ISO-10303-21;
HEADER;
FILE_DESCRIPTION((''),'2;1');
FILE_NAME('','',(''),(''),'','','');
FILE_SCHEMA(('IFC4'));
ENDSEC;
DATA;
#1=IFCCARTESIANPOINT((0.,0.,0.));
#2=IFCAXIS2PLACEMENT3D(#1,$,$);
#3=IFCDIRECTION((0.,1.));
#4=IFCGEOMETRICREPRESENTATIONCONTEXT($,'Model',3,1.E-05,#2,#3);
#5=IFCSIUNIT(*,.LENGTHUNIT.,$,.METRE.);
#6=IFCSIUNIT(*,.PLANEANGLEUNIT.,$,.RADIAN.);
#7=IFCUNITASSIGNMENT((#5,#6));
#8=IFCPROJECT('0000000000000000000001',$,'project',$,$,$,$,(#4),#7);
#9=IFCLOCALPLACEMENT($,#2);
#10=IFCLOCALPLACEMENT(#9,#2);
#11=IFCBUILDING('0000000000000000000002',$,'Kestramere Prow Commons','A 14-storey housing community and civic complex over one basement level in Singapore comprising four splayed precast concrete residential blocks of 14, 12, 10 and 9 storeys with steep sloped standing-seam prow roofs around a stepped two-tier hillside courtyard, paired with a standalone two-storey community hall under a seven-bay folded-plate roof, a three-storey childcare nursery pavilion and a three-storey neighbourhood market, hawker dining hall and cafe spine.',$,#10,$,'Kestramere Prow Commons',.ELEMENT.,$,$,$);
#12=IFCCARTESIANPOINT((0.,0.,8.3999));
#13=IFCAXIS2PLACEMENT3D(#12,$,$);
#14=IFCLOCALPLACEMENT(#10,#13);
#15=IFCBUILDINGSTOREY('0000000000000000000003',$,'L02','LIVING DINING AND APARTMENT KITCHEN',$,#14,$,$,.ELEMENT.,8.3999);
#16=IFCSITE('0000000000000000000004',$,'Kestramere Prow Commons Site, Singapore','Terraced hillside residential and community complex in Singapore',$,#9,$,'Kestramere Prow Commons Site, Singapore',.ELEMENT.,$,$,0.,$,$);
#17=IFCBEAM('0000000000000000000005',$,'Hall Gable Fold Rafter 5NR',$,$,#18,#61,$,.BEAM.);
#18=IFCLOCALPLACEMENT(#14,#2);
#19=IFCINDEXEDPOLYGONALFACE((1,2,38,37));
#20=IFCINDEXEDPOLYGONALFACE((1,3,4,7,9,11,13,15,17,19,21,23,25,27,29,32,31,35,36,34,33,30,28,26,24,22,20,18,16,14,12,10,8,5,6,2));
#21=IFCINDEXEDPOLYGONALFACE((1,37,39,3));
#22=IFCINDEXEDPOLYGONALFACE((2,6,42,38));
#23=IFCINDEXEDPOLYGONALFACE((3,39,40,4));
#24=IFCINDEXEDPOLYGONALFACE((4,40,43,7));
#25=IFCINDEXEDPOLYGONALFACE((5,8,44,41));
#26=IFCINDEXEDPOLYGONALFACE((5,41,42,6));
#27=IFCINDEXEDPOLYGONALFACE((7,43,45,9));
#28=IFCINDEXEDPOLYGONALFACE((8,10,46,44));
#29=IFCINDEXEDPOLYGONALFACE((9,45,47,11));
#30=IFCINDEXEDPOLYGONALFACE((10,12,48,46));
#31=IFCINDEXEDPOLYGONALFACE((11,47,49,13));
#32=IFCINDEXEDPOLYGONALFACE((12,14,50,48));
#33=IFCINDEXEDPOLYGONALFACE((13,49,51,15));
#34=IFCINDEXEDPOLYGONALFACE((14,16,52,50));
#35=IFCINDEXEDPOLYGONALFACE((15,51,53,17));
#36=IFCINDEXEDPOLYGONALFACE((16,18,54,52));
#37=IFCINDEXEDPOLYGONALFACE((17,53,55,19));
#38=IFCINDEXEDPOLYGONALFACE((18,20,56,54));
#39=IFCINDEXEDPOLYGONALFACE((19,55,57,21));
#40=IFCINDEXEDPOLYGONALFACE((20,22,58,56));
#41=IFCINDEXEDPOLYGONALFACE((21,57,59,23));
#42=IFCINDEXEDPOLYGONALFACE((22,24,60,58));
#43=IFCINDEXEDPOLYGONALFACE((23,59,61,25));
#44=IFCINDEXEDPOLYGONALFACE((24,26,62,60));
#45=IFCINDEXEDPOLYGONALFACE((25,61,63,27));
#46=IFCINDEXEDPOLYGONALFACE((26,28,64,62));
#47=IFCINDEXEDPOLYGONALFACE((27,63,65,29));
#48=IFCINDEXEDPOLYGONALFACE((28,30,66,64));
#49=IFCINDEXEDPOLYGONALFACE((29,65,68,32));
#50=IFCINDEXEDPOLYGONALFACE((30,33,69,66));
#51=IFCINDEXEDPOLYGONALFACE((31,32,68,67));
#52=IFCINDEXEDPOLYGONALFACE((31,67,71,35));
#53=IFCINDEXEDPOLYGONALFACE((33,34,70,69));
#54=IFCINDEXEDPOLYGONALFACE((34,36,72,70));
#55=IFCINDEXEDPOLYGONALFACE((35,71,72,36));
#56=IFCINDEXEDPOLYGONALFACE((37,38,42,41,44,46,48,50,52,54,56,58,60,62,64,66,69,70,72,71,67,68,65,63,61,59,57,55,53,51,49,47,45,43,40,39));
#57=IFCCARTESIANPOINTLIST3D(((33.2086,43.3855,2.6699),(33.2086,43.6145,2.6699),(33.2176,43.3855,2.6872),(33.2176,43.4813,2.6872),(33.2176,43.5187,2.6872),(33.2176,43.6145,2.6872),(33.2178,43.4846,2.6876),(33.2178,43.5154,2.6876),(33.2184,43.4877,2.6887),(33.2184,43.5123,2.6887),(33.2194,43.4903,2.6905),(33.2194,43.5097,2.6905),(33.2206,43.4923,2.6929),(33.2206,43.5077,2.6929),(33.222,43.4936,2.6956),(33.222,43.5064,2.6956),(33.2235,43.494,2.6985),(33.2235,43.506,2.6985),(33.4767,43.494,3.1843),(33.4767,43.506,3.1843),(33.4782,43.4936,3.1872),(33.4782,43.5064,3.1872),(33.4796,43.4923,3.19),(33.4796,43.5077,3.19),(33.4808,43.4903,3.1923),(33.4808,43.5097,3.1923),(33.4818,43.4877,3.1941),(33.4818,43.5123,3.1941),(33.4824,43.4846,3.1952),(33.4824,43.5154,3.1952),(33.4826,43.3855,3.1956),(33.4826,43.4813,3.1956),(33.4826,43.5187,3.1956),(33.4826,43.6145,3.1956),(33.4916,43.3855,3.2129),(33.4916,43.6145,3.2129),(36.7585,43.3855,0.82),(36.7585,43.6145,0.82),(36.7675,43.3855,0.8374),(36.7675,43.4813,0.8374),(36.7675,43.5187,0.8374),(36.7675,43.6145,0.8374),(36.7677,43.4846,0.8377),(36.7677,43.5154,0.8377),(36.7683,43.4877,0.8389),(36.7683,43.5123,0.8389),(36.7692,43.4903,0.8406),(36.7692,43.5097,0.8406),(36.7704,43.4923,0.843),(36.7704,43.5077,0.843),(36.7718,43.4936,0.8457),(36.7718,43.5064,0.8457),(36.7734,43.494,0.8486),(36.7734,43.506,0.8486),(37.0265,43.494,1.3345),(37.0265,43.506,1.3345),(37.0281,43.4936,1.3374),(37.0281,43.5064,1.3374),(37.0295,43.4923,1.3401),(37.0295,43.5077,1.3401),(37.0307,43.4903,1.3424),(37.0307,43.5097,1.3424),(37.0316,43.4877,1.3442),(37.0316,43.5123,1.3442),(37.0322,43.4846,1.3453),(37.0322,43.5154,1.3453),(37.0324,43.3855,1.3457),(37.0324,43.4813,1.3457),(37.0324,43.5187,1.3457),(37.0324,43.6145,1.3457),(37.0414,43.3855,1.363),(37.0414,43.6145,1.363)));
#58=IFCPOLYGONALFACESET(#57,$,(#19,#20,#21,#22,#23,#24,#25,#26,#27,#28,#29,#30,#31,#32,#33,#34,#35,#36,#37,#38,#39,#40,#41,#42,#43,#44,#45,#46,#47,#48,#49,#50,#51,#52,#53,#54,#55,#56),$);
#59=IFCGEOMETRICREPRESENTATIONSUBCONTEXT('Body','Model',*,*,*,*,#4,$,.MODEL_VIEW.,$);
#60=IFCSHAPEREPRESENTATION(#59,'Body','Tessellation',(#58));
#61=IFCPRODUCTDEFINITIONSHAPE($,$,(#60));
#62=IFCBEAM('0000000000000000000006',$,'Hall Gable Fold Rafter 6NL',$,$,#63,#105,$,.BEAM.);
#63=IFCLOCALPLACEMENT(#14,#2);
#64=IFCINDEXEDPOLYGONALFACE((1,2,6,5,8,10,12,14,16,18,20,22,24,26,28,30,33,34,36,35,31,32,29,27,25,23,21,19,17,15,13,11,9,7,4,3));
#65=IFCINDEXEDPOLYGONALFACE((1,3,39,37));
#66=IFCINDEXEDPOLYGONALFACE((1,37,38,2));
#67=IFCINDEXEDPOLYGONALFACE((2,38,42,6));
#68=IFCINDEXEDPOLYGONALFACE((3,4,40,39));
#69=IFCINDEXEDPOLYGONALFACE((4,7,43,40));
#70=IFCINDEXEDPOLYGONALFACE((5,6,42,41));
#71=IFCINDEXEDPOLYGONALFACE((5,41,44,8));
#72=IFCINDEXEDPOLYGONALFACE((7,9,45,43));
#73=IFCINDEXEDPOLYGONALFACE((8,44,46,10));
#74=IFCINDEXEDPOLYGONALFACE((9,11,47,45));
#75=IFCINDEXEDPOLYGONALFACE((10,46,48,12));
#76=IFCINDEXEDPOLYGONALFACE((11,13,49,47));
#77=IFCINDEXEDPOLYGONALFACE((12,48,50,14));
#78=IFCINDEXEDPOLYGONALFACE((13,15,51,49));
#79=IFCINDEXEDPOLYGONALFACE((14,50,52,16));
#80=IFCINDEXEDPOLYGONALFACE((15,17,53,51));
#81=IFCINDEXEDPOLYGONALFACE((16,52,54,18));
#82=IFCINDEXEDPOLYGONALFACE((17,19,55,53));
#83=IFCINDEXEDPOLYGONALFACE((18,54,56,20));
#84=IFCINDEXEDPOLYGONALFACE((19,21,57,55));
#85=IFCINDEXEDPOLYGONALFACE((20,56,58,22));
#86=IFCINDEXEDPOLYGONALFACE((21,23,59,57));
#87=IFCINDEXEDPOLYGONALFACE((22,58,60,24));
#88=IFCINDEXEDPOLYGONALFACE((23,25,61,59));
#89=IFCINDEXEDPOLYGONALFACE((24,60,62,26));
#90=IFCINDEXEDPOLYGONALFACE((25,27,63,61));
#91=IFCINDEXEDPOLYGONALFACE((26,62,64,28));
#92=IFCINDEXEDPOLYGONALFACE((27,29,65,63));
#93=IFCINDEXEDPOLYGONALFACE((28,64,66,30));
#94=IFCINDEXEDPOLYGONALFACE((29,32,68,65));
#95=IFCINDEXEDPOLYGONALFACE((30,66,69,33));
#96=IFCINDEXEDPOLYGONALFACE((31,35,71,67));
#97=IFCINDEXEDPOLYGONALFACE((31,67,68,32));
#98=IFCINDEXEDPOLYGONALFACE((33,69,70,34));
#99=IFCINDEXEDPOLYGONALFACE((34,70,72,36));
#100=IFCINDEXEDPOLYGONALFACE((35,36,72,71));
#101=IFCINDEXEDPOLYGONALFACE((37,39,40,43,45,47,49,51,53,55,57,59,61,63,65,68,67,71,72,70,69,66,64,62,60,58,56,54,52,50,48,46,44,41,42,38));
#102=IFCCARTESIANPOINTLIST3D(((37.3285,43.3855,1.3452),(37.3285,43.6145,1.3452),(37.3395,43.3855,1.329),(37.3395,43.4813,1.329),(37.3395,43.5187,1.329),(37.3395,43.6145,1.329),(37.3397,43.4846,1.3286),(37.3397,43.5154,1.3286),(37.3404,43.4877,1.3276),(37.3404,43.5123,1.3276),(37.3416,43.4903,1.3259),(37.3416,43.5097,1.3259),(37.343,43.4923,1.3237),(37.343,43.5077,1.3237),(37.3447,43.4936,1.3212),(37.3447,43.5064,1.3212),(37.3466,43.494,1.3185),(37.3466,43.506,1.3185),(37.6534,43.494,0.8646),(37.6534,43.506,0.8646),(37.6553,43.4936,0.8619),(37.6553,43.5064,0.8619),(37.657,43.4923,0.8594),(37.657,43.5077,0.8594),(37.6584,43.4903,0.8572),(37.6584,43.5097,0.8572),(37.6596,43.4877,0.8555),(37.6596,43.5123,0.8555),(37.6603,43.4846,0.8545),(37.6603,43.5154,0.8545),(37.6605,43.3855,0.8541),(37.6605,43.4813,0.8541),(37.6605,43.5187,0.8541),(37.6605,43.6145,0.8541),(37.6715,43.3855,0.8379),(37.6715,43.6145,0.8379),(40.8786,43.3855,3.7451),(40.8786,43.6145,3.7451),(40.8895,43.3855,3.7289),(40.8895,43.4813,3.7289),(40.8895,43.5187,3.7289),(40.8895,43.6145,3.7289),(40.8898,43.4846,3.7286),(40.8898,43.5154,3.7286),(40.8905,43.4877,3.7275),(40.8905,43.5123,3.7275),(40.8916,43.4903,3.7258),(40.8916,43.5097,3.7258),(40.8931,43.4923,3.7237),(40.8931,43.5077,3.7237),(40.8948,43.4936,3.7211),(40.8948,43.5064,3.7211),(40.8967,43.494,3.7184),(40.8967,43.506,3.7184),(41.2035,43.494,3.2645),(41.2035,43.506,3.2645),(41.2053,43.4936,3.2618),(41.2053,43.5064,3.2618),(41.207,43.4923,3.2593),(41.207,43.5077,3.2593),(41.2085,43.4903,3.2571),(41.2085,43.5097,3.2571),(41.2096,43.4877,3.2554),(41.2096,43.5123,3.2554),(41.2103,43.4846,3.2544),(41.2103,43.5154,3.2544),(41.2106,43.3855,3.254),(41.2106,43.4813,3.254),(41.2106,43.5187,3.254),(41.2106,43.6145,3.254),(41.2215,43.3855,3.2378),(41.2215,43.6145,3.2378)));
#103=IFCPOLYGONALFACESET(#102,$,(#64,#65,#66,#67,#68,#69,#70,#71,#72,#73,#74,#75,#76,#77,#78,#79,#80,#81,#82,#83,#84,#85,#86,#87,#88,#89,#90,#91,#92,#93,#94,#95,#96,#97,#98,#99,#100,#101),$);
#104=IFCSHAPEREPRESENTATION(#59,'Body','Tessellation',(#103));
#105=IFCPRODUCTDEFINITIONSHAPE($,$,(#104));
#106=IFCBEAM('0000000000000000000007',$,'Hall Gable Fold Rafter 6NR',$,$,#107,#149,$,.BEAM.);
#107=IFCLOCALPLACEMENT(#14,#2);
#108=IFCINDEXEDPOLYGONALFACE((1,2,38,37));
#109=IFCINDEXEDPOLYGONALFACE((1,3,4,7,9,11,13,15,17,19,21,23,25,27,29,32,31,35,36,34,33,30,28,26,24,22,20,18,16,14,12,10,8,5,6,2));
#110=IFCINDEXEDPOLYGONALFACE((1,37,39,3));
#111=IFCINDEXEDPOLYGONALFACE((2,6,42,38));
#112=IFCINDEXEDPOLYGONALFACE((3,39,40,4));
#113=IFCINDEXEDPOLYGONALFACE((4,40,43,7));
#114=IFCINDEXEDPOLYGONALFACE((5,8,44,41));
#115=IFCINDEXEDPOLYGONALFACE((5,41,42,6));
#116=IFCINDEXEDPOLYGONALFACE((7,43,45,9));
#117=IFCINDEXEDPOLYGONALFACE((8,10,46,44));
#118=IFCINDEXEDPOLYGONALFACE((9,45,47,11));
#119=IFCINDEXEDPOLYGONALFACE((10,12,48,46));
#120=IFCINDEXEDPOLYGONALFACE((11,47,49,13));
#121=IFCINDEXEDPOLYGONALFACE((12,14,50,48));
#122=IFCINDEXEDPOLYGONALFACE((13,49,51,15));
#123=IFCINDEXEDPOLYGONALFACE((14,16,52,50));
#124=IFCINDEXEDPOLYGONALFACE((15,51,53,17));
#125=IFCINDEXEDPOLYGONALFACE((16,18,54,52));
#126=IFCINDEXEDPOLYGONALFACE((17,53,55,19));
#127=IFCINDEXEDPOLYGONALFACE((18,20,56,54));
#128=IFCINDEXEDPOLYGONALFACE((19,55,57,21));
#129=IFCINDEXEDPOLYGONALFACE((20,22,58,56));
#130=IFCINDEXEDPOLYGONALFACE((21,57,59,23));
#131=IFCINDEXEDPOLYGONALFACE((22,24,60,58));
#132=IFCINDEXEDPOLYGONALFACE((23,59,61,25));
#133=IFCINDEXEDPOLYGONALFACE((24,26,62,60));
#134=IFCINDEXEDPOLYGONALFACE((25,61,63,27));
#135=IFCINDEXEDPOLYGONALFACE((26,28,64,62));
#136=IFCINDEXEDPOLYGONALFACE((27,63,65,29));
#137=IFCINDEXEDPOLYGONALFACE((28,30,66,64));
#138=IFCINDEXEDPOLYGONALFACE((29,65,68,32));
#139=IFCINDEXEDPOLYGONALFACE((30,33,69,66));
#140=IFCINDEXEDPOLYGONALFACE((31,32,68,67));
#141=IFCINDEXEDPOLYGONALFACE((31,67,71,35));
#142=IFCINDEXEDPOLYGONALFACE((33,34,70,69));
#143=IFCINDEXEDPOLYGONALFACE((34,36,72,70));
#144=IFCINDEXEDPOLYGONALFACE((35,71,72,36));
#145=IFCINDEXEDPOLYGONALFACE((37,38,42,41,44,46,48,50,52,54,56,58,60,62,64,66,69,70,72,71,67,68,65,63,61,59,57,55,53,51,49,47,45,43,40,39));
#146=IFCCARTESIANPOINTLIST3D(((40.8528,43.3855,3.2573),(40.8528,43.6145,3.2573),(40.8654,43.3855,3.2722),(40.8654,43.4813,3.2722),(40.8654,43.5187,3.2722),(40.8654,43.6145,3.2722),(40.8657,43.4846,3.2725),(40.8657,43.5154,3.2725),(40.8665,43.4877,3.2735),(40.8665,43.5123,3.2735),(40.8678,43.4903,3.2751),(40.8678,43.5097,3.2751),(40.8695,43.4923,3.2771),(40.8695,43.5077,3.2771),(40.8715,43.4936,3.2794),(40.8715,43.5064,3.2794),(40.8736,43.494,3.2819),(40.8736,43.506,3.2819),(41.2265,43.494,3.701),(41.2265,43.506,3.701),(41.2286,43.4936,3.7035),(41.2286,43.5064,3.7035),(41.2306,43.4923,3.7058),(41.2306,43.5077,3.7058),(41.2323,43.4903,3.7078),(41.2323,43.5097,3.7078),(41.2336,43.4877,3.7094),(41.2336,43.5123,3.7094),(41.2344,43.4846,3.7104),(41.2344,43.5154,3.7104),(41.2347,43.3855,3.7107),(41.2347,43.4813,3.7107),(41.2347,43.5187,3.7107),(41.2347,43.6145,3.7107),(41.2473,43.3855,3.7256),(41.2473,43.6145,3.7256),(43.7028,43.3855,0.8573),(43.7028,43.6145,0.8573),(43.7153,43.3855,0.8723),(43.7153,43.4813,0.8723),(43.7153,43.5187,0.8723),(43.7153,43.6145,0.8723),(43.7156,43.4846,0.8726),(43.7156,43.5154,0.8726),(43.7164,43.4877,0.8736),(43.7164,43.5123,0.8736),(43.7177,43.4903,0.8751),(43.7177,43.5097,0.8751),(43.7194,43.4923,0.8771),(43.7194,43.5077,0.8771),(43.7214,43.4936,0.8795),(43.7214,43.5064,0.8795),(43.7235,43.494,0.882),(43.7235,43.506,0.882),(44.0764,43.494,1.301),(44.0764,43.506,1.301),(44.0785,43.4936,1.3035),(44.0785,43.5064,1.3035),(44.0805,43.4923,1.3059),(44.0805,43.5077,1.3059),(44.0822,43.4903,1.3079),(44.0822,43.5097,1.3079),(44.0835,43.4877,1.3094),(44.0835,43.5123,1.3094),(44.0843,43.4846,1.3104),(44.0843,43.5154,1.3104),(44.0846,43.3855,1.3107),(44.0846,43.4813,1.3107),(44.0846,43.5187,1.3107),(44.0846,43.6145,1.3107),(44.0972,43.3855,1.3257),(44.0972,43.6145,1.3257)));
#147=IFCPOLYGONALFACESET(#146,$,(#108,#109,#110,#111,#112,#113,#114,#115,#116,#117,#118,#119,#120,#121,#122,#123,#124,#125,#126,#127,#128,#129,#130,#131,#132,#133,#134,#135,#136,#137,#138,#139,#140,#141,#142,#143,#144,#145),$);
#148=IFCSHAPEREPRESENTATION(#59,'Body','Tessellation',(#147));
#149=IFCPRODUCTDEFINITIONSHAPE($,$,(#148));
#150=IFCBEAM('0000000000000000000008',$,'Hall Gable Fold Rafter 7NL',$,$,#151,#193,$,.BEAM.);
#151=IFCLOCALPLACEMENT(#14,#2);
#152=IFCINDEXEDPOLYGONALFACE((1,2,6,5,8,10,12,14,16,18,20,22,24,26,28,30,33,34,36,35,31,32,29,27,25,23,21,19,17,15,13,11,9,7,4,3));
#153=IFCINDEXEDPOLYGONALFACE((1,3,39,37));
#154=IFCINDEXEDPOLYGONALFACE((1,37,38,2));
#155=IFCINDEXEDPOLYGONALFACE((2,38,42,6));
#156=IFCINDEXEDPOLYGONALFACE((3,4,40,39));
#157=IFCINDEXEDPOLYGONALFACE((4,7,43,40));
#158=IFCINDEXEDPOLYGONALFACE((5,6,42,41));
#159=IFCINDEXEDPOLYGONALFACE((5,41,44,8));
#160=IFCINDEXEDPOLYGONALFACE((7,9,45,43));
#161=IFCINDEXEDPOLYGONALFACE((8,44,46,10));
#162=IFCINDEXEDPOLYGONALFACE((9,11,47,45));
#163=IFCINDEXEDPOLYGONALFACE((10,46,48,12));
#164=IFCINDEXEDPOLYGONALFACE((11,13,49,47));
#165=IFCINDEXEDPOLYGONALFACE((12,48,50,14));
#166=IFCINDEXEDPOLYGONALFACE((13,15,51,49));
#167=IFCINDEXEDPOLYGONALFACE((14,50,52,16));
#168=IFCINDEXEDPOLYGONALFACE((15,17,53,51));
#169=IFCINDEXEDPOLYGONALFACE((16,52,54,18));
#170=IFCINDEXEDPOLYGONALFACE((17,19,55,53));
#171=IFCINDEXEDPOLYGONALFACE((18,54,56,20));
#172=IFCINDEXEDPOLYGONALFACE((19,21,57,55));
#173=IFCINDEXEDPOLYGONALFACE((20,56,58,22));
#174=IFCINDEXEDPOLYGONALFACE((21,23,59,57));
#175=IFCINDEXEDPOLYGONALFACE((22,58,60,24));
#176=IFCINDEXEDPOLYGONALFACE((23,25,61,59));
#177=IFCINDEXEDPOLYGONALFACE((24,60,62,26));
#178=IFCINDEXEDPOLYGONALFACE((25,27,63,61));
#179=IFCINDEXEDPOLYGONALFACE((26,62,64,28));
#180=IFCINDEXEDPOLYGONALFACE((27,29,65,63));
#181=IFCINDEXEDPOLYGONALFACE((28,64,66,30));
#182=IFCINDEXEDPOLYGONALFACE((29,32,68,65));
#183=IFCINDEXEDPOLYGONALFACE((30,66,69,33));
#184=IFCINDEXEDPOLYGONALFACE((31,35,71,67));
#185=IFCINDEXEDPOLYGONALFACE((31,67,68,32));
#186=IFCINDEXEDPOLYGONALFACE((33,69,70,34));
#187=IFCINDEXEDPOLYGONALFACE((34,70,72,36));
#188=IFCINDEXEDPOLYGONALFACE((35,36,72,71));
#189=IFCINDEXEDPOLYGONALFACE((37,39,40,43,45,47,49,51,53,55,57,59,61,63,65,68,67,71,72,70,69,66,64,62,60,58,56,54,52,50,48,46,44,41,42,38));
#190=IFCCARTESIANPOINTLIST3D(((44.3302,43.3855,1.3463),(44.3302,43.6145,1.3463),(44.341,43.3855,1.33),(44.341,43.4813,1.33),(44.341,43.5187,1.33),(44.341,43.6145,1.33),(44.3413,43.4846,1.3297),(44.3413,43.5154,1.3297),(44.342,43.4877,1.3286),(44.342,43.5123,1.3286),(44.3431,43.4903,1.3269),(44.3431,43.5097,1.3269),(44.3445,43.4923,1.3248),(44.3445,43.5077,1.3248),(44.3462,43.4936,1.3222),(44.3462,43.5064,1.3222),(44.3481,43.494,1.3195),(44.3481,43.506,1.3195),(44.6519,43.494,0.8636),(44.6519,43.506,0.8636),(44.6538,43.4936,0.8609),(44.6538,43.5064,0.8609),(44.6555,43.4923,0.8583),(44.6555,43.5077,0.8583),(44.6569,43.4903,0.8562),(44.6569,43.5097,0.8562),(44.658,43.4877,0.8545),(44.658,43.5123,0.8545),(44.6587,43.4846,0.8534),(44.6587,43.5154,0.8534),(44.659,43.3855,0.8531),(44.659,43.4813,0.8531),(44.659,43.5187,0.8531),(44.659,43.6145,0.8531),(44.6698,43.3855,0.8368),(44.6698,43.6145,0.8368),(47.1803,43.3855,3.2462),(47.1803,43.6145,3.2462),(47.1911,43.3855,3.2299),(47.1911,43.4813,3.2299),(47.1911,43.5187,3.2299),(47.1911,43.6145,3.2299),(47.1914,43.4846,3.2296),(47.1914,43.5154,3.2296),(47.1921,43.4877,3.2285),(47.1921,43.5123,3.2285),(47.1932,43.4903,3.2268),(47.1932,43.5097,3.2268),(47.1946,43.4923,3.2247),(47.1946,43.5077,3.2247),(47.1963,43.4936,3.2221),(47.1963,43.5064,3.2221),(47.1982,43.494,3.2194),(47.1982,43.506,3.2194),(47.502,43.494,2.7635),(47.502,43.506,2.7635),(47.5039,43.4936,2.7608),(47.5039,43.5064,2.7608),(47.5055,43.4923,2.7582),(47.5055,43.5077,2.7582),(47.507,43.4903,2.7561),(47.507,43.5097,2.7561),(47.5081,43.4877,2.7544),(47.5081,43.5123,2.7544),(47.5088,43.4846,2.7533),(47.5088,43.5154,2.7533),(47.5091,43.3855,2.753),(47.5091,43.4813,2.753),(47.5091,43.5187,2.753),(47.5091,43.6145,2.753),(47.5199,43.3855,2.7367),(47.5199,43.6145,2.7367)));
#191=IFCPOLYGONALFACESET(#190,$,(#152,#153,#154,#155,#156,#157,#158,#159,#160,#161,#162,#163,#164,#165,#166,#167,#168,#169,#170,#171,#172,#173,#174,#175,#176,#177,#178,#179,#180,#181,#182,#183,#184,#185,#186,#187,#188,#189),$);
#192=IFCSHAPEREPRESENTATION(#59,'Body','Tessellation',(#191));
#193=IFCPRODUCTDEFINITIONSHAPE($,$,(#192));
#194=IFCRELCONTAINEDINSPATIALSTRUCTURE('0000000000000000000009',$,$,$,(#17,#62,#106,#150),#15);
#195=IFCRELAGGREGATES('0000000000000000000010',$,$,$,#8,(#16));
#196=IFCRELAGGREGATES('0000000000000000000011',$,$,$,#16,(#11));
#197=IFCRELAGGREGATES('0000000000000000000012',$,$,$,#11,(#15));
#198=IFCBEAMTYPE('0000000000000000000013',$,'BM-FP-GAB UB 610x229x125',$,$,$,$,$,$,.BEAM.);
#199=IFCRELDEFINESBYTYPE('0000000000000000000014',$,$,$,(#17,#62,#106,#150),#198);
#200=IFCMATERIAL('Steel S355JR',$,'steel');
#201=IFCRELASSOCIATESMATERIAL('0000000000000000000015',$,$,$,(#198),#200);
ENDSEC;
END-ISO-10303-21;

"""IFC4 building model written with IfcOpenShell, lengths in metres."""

from ifc_helpers import new_model, si_unit, direction, frame, origin, origin_2d, place, context, subcontext, project, spatial, i_section, extrude, material, material_profile, profile_set, type_object, element, save


model = new_model("IFC4")

# Units and contexts
model_context = context("Model", 3, precision=1e-05, world=origin(), true_north=direction((0.0, 1.0)))
body_context = subcontext(model_context, "Body", "Model", "MODEL_VIEW")
ifc_project = project(units=[si_unit("LENGTHUNIT", "METRE"), si_unit("PLANEANGLEUNIT", "RADIAN")], contexts=[model_context])

# Site, building, storey
site_placement = place(None, origin())
site = spatial("IfcSite", under=ifc_project, at=site_placement, Name="Kestramere Prow Commons Site, Singapore", Description="Terraced hillside residential and community complex in Singapore", LongName="Kestramere Prow Commons Site, Singapore", CompositionType="ELEMENT", RefElevation=0.0)
building_placement = place(site_placement, origin())
building = spatial("IfcBuilding", under=site, at=building_placement, Name="Kestramere Prow Commons", Description="A 14-storey housing community and civic complex over one basement level in Singapore comprising four splayed precast concrete residential blocks of 14, 12, 10 and 9 storeys with steep sloped standing-seam prow roofs around a stepped two-tier hillside courtyard, paired with a standalone two-storey community hall under a seven-bay folded-plate roof, a three-storey childcare nursery pavilion and a three-storey neighbourhood market, hawker dining hall and cafe spine.", LongName="Kestramere Prow Commons", CompositionType="ELEMENT")
storey_placement = place(building_placement, frame((0.0, 0.0, 8.3999)))
storey = spatial("IfcBuildingStorey", under=building, at=storey_placement, Name="L02", Description="LIVING DINING AND APARTMENT KITCHEN", CompositionType="ELEMENT", Elevation=8.3999)

# Beams
ifc_material_1 = material(Name="Steel S355JR", Category="steel")
ifc_material_profile_1 = material_profile(ifc_material_1, i_section(OverallWidth=0.229, OverallDepth=0.6123, WebThickness=0.012, FlangeThickness=0.0195, FilletRadius=0.0127, at=origin_2d()), Name="UB 610x229x125")
ifc_profile_set_1 = profile_set([ifc_material_profile_1], Name="Steel S355JR")
beam_type = type_object("IfcBeamType", Name="BM-FP-GAB UB 610x229x125", PredefinedType="BEAM", material=ifc_profile_set_1)
beam_1_placement = place(storey_placement, frame((33.3501, 43.5, 2.9414), z_axis=(0.886812, 0.0, -0.46213), x_axis=(0.0, 1.0, 0.0)))
element("IfcBeam", 1, at=beam_1_placement, inside=storey, type_object=beam_type, Name="Hall Gable Fold Rafter 5NR", PredefinedType="BEAM", context=body_context, shape_type="SweptSolid", body=[
    extrude(i_section(OverallWidth=0.229, OverallDepth=0.6123, WebThickness=0.012, FlangeThickness=0.0195, FilletRadius=0.0127, at=origin_2d()), origin(), (0.0, 0.0, 1.0), 4.0029),
])
beam_2_placement = place(storey_placement, frame((37.5, 43.5, 1.0916), z_axis=(0.828457, 0.0, 0.560053), x_axis=(0.0, 1.0, 0.0)))
element("IfcBeam", 2, at=beam_2_placement, inside=storey, type_object=beam_type, Name="Hall Gable Fold Rafter 6NL", PredefinedType="BEAM", context=body_context, shape_type="SweptSolid", body=[
    extrude(i_section(OverallWidth=0.229, OverallDepth=0.6123, WebThickness=0.012, FlangeThickness=0.0195, FilletRadius=0.0127, at=origin_2d()), origin(), (0.0, 0.0, 1.0), 4.2852),
])
beam_3_placement = place(storey_placement, frame((41.05, 43.5, 3.4915), z_axis=(0.764908, 0.0, -0.64414), x_axis=(0.0, 1.0, 0.0)))
element("IfcBeam", 3, at=beam_3_placement, inside=storey, type_object=beam_type, Name="Hall Gable Fold Rafter 6NR", PredefinedType="BEAM", context=body_context, shape_type="SweptSolid", body=[
    extrude(i_section(OverallWidth=0.229, OverallDepth=0.6123, WebThickness=0.012, FlangeThickness=0.0195, FilletRadius=0.0127, at=origin_2d()), origin(), (0.0, 0.0, 1.0), 3.7258),
])
beam_4_placement = place(storey_placement, frame((44.5, 43.5, 1.0916), z_axis=(0.832072, 0.0, 0.554667), x_axis=(0.0, 1.0, 0.0)))
element("IfcBeam", 4, at=beam_4_placement, inside=storey, type_object=beam_type, Name="Hall Gable Fold Rafter 7NL", PredefinedType="BEAM", context=body_context, shape_type="SweptSolid", body=[
    extrude(i_section(OverallWidth=0.229, OverallDepth=0.6123, WebThickness=0.012, FlangeThickness=0.0195, FilletRadius=0.0127, at=origin_2d()), origin(), (0.0, 0.0, 1.0), 3.4253),
])

save(model, "model.ifc")
